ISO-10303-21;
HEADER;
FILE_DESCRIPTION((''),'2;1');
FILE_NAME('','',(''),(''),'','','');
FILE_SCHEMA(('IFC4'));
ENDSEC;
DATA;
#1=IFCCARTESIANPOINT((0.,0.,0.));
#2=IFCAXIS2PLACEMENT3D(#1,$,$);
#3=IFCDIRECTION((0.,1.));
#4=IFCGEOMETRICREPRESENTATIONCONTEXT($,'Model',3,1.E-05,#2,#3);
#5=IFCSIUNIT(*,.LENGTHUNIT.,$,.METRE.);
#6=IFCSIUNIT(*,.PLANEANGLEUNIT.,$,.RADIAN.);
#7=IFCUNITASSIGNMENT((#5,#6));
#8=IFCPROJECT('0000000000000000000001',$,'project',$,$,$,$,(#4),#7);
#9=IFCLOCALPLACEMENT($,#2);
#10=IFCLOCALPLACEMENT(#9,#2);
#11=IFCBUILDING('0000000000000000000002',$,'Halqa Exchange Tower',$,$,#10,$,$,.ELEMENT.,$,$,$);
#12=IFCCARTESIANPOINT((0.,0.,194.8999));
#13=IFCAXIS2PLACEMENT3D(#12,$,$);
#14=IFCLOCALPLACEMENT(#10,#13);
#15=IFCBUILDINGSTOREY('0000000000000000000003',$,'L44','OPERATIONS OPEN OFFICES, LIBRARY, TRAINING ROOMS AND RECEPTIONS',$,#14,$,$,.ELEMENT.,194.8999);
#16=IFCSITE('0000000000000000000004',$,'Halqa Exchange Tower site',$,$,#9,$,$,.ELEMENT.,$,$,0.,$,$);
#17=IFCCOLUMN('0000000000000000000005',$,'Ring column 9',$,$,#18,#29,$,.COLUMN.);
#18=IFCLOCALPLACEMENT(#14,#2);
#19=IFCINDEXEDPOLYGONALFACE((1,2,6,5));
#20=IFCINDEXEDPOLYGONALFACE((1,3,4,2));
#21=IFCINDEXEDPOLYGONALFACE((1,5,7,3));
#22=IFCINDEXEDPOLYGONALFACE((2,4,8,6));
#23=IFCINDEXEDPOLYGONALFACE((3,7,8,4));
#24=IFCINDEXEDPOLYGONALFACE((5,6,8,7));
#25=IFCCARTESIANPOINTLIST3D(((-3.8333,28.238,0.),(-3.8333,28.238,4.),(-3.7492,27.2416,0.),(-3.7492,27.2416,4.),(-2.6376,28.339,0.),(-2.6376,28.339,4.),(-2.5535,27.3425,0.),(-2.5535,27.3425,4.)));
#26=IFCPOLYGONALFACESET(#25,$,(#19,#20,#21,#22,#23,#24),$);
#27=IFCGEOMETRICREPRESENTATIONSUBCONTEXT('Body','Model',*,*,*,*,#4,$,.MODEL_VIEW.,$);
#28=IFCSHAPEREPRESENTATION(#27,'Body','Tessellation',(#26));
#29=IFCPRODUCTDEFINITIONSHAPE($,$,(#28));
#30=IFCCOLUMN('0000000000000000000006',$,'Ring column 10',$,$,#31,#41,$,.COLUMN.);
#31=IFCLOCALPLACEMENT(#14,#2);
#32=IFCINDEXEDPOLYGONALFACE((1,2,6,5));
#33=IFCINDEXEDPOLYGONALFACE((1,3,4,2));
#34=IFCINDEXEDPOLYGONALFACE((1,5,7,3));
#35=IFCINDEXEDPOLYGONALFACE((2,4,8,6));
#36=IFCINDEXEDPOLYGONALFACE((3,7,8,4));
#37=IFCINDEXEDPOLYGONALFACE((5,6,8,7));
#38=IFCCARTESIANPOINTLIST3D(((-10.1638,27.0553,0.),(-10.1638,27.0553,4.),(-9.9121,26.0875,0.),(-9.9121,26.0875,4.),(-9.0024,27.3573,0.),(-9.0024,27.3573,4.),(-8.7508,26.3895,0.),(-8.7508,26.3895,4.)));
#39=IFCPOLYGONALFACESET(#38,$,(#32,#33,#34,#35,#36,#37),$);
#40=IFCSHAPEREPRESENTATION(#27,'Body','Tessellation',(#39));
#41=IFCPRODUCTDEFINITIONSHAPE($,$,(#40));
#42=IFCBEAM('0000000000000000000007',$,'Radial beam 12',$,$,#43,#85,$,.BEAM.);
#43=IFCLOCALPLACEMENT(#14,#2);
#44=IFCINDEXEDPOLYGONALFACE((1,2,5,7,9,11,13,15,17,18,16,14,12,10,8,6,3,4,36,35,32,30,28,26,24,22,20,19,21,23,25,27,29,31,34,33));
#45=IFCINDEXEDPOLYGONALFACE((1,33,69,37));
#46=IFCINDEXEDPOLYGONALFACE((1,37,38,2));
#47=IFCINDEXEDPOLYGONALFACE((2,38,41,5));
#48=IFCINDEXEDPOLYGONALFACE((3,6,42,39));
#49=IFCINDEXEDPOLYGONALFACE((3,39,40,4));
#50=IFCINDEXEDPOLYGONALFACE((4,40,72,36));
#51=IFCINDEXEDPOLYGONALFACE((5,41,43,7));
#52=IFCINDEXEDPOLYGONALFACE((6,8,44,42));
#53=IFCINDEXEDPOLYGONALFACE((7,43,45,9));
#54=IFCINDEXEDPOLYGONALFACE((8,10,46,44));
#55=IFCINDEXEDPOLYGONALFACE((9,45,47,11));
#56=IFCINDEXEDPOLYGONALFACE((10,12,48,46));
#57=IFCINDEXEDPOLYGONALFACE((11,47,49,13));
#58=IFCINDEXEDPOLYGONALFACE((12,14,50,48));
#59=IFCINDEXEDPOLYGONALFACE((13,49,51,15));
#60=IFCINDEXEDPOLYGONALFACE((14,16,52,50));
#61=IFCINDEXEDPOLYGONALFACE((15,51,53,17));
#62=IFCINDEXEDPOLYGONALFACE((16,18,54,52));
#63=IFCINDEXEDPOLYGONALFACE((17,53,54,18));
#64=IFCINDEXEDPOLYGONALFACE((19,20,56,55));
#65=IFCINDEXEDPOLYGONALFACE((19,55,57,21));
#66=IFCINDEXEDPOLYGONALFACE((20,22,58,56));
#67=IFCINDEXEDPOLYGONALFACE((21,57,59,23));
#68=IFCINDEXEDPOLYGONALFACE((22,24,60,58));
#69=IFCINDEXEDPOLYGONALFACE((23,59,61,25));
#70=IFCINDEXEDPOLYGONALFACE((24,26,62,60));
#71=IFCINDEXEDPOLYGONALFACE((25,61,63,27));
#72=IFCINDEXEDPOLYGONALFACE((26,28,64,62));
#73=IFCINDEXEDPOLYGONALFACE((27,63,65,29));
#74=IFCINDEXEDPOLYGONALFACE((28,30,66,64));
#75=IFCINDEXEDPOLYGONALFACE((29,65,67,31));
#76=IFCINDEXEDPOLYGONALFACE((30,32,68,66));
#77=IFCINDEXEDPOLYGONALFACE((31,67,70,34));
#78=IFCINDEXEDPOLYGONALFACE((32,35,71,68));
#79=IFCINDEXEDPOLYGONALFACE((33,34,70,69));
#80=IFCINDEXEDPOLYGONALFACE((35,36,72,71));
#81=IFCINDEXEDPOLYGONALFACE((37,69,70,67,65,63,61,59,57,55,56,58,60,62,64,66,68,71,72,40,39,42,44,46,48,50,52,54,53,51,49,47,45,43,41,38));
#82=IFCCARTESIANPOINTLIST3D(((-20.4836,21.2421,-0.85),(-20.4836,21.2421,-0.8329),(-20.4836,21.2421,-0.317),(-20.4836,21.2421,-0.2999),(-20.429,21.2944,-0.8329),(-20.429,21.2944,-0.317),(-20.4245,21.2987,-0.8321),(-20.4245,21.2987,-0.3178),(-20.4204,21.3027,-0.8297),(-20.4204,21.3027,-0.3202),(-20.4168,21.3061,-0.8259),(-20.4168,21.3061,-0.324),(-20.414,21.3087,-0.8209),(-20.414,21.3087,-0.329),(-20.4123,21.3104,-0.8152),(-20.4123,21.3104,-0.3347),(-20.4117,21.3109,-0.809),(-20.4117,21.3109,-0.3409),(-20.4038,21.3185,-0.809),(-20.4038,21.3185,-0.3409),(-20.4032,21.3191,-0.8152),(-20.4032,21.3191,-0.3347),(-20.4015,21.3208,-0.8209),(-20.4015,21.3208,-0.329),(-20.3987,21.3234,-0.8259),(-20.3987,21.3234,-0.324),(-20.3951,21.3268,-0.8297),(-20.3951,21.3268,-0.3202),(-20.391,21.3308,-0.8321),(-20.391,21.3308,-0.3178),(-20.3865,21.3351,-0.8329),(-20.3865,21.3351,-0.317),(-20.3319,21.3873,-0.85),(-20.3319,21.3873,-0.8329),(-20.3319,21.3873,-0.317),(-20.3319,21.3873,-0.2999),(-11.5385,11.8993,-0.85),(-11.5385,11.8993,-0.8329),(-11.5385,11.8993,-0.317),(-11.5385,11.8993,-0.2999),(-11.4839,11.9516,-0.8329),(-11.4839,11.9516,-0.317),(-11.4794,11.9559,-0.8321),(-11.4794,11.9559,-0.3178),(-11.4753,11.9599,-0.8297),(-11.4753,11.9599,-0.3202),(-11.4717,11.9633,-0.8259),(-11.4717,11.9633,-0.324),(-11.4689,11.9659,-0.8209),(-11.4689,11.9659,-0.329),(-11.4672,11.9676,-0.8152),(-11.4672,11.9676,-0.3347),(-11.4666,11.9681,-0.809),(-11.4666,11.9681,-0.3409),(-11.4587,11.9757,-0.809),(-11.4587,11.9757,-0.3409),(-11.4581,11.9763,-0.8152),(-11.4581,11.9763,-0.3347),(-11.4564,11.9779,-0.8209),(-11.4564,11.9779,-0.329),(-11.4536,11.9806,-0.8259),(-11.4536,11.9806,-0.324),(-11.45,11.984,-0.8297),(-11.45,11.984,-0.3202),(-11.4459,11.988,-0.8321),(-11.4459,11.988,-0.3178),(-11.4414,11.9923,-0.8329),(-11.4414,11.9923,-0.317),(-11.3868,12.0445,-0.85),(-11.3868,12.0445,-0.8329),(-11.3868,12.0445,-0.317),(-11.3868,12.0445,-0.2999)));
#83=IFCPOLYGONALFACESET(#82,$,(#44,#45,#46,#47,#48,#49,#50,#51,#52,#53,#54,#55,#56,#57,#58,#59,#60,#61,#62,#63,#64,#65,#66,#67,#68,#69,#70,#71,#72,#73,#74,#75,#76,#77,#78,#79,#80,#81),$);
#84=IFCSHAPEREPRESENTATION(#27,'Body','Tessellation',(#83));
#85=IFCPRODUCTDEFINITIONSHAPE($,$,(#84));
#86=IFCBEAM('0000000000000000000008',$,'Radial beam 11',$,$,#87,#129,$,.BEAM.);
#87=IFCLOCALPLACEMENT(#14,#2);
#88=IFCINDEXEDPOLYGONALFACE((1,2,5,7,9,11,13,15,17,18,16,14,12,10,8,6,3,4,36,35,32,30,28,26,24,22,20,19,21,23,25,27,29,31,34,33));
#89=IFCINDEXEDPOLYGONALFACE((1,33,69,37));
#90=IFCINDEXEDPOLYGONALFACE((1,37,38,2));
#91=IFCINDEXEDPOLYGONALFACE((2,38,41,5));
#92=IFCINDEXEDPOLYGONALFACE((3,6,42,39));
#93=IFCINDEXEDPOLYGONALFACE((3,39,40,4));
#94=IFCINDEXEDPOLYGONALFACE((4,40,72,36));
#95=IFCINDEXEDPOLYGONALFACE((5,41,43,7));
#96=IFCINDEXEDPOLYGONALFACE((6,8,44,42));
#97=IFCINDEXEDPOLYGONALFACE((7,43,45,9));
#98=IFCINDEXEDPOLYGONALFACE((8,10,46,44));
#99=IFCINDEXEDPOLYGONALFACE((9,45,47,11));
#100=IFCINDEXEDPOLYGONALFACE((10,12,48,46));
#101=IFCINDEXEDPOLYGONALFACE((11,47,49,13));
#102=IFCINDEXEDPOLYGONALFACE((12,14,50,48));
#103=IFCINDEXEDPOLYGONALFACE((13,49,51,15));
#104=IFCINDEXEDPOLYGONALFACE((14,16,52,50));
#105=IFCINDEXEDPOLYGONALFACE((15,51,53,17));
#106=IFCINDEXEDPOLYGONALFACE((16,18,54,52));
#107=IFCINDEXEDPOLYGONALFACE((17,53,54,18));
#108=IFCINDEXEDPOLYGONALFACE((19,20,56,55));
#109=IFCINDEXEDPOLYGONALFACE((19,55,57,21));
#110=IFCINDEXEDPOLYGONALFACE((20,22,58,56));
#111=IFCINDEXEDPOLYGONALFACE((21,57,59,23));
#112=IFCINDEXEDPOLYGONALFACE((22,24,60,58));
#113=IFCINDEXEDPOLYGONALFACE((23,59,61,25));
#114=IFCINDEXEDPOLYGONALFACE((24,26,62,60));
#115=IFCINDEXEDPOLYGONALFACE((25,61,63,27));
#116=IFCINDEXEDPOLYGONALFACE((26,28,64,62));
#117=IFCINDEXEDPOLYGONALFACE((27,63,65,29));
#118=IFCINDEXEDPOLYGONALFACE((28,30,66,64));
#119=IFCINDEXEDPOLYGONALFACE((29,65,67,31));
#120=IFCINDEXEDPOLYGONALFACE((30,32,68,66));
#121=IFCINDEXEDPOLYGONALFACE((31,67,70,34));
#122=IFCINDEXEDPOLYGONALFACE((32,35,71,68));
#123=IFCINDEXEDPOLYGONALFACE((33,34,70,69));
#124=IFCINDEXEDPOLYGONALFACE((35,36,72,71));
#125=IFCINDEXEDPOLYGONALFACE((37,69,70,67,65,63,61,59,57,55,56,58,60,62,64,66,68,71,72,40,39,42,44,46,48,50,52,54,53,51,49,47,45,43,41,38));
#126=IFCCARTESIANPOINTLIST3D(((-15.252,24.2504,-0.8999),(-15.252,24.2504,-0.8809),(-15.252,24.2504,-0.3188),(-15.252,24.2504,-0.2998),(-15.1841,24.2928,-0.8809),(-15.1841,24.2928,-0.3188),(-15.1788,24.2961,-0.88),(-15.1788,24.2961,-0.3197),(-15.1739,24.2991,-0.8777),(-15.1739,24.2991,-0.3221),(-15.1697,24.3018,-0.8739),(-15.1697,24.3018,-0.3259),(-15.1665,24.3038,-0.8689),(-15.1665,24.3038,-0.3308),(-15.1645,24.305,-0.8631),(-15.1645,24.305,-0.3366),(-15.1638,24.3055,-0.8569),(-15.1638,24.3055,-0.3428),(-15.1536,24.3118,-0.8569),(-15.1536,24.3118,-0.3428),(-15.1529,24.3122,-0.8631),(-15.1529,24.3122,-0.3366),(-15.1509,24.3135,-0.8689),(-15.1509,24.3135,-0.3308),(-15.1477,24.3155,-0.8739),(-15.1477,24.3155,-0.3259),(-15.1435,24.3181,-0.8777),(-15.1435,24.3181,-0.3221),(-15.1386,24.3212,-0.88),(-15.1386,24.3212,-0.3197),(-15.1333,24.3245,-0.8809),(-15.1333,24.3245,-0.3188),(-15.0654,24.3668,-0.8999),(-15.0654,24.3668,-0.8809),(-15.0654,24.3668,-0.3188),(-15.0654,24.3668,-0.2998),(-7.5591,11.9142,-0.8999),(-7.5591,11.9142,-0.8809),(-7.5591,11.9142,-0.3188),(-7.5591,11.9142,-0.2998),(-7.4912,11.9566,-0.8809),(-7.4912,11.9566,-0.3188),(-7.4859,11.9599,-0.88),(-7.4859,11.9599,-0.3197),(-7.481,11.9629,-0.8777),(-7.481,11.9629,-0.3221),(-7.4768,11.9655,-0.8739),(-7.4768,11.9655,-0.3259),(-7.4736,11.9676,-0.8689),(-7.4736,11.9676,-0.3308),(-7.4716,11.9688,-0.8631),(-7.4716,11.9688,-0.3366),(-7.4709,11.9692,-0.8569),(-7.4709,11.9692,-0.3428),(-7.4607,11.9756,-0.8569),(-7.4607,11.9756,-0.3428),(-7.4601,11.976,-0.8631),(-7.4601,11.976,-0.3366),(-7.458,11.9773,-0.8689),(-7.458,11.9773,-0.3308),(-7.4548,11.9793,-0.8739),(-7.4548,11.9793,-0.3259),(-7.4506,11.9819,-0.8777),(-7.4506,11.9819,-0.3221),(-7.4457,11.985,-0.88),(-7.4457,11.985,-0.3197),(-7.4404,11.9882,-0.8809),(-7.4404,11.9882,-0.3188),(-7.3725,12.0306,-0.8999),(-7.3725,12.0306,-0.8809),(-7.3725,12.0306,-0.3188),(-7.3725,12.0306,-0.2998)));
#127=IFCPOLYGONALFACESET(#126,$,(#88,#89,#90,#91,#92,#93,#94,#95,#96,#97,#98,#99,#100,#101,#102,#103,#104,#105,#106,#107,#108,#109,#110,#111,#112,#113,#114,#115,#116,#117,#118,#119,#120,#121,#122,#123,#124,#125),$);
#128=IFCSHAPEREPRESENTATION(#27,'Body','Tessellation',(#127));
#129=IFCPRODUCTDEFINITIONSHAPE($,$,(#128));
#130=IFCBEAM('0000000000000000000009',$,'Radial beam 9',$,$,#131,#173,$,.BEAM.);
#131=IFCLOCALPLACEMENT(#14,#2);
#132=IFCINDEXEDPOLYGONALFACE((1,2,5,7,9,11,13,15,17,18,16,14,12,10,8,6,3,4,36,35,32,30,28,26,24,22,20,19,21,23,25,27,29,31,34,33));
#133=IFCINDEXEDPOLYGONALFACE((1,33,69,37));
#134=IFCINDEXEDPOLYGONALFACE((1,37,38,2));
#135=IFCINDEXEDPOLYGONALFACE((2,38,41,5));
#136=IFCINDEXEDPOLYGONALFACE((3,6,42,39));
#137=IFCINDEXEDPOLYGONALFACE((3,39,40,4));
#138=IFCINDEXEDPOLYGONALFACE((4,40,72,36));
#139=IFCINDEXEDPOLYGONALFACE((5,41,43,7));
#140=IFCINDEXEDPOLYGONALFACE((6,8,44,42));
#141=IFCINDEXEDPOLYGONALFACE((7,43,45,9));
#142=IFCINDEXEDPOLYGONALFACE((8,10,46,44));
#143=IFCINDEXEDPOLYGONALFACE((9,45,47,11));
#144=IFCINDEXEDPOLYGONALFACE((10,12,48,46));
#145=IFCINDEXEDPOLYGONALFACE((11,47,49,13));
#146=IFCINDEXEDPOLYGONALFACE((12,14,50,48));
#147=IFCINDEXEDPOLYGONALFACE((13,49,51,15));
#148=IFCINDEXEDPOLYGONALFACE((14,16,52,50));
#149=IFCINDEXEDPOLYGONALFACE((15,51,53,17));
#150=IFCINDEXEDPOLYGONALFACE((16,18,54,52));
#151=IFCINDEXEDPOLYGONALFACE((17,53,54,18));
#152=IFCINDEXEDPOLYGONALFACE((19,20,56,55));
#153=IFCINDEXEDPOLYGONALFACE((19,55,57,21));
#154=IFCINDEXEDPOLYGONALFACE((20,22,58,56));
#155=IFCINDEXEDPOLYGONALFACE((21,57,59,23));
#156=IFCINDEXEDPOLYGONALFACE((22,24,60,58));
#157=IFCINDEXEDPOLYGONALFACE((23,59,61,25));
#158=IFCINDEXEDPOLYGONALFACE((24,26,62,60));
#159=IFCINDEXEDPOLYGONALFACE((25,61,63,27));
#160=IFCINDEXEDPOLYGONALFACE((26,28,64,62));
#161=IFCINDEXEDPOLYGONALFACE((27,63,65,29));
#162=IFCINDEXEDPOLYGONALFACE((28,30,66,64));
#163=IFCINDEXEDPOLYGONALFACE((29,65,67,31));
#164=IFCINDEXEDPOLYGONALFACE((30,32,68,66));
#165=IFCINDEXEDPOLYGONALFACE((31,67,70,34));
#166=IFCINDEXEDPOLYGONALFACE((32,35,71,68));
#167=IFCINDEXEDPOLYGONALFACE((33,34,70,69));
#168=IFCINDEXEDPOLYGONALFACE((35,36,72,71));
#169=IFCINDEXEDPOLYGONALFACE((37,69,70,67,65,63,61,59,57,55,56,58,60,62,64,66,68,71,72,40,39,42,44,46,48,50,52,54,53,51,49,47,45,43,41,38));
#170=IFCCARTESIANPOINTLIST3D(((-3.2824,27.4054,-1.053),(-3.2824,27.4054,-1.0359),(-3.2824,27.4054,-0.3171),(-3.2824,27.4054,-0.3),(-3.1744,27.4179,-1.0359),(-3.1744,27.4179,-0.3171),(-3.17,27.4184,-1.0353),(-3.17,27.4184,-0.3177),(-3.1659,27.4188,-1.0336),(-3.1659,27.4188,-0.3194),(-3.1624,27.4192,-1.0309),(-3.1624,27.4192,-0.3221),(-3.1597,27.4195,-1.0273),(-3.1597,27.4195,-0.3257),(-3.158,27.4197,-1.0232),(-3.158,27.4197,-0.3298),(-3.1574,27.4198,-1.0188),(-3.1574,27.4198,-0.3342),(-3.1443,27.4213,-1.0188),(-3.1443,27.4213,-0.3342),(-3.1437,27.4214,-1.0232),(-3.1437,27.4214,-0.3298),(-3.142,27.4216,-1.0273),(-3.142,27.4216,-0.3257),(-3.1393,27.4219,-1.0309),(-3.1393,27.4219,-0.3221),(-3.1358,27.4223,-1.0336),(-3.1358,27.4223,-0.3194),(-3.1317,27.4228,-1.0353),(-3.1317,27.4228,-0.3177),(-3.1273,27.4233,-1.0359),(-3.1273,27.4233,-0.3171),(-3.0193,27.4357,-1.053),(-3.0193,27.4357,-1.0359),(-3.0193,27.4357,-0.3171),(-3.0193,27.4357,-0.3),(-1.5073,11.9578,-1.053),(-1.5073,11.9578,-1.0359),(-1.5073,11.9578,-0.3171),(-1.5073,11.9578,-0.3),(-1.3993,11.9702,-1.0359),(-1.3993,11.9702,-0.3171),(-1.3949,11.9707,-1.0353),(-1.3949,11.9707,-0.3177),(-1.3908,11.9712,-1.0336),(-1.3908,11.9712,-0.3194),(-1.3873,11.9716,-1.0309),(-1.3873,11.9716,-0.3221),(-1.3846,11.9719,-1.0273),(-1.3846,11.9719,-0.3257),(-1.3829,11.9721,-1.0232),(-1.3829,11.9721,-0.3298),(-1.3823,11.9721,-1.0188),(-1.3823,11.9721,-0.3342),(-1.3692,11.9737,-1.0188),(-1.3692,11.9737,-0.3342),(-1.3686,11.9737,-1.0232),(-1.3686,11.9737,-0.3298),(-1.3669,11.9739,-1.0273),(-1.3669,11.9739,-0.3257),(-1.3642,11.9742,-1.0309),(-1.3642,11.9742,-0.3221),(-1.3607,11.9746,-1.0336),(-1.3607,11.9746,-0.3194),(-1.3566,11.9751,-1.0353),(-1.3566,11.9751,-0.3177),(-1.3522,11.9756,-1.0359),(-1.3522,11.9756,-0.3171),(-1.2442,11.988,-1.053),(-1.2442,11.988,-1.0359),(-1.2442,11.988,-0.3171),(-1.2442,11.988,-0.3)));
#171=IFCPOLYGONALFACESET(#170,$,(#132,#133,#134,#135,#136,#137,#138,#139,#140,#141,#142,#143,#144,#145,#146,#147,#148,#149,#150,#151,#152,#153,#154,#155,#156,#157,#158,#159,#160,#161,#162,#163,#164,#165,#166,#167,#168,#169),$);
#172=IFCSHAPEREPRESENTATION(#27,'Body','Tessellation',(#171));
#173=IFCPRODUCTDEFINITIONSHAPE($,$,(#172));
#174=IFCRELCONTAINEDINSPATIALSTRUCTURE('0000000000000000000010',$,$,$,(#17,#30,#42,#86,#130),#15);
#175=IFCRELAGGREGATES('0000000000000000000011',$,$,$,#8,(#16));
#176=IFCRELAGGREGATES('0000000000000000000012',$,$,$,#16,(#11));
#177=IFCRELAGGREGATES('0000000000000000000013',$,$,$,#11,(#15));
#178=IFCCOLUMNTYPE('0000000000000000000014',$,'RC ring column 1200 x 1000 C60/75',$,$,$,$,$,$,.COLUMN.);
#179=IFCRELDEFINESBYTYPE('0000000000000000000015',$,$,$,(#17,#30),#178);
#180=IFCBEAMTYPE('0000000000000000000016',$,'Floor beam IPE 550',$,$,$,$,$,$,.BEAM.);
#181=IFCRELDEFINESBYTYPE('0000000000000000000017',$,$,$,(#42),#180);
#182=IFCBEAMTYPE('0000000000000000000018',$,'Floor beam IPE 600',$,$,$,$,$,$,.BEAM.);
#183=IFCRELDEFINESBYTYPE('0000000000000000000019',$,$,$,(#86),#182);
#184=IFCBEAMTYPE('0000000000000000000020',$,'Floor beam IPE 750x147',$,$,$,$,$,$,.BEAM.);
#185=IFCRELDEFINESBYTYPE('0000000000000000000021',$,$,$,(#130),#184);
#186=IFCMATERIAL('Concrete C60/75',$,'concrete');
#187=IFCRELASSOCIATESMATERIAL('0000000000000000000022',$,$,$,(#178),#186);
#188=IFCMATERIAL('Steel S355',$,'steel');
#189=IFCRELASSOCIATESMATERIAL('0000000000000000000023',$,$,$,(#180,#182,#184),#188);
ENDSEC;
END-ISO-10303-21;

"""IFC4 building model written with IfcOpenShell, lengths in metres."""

from ifc_helpers import new_model, si_unit, direction, frame, origin, origin_2d, place, context, subcontext, project, spatial, rectangle, i_section, extrude, material, material_profile, profile_set, type_object, element, save


model = new_model("IFC4")

# Units and contexts
model_context = context("Model", 3, precision=1e-05, world=origin(), true_north=direction((0.0, 1.0)))
body_context = subcontext(model_context, "Body", "Model", "MODEL_VIEW")
ifc_project = project(units=[si_unit("LENGTHUNIT", "METRE"), si_unit("PLANEANGLEUNIT", "RADIAN")], contexts=[model_context])

# Site, building, storey
site_placement = place(None, origin())
site = spatial("IfcSite", under=ifc_project, at=site_placement, Name="Halqa Exchange Tower site", CompositionType="ELEMENT", RefElevation=0.0)
building_placement = place(site_placement, origin())
building = spatial("IfcBuilding", under=site, at=building_placement, Name="Halqa Exchange Tower", CompositionType="ELEMENT")
storey_placement = place(building_placement, frame((0.0, 0.0, 194.8999)))
storey = spatial("IfcBuildingStorey", under=building, at=storey_placement, Name="L44", Description="OPERATIONS OPEN OFFICES, LIBRARY, TRAINING ROOMS AND RECEPTIONS", CompositionType="ELEMENT", Elevation=194.8999)

# Columns
ifc_material_1 = material(Name="Concrete C60/75", Category="concrete")
ifc_material_profile_1 = material_profile(ifc_material_1, rectangle(XDim=1.2, YDim=1.0, at=origin_2d()), Name="1200 x 1000")
ifc_profile_set_1 = profile_set([ifc_material_profile_1], Name="Concrete C60/75")
column_type = type_object("IfcColumnType", Name="RC ring column 1200 x 1000 C60/75", PredefinedType="COLUMN", material=ifc_profile_set_1)
for number, where, z_axis, x_axis, name in (
    (1, (-3.1934, 27.7903, 0.0), (0.0, 0.0, 1.0), (-0.996456, -0.084116, 0.0), "Ring column 9"),
    (2, (-9.4573, 26.7224, 0.0), (0.0, 0.0, 1.0), (-0.967821, -0.25164, 0.0), "Ring column 10"),
):
    element("IfcColumn", number, at=place(storey_placement, frame(where, z_axis=z_axis, x_axis=x_axis)), inside=storey, type_object=column_type, Name=name, PredefinedType="COLUMN", context=body_context, shape_type="SweptSolid", body=[
        extrude(rectangle(XDim=1.2, YDim=1.0, at=origin_2d()), origin(), (0.0, 0.0, 1.0), 4.0),
    ])

# Beams
ifc_material_2 = material(Name="Steel S355", Category="steel")
ifc_material_profile_2 = material_profile(ifc_material_2, i_section(OverallWidth=0.21, OverallDepth=0.55, WebThickness=0.011, FlangeThickness=0.0171, FilletRadius=0.0239, at=origin_2d()), Name="IPE 550")
ifc_profile_set_2 = profile_set([ifc_material_profile_2], Name="Steel S355")
beam_type_1 = type_object("IfcBeamType", Name="Floor beam IPE 550", PredefinedType="BEAM", material=ifc_profile_set_2)
beam_1_placement = place(storey_placement, frame((-11.4626, 11.9719, -0.575), z_axis=(-0.691566, 0.722313, 0.0), x_axis=(-0.722313, -0.691566, 0.0)))
element("IfcBeam", 3, at=beam_1_placement, inside=storey, type_object=beam_type_1, Name="Radial beam 12", PredefinedType="BEAM", context=body_context, shape_type="SweptSolid", body=[
    extrude(i_section(OverallWidth=0.21, OverallDepth=0.55, WebThickness=0.011, FlangeThickness=0.0171, FilletRadius=0.0239, at=origin_2d()), origin(), (0.0, 0.0, 1.0), 12.9346),
])
ifc_material_profile_3 = material_profile(ifc_material_2, i_section(OverallWidth=0.22, OverallDepth=0.6001, WebThickness=0.012, FlangeThickness=0.019, FilletRadius=0.0239, at=origin_2d()), Name="IPE 600")
ifc_profile_set_3 = profile_set([ifc_material_profile_3], Name="Steel S355")
beam_type_2 = type_object("IfcBeamType", Name="Floor beam IPE 600", PredefinedType="BEAM", material=ifc_profile_set_3)
beam_2_placement = place(storey_placement, frame((-7.4658, 11.9724, -0.5999), z_axis=(-0.529146, 0.848531, 0.0), x_axis=(-0.848531, -0.529146, 0.0)))
element("IfcBeam", 4, at=beam_2_placement, inside=storey, type_object=beam_type_2, Name="Radial beam 11", PredefinedType="BEAM", context=body_context, shape_type="SweptSolid", body=[
    extrude(i_section(OverallWidth=0.22, OverallDepth=0.6001, WebThickness=0.012, FlangeThickness=0.019, FilletRadius=0.0239, at=origin_2d()), origin(), (0.0, 0.0, 1.0), 14.5383),
])
ifc_material_profile_4 = material_profile(ifc_material_2, i_section(OverallWidth=0.2649, OverallDepth=0.7529, WebThickness=0.0132, FlangeThickness=0.0171, FilletRadius=0.0171, at=origin_2d()), Name="IPE 750x147")
ifc_profile_set_4 = profile_set([ifc_material_profile_4], Name="Steel S355")
beam_type_3 = type_object("IfcBeamType", Name="Floor beam IPE 750x147", PredefinedType="BEAM", material=ifc_profile_set_4)
beam_3_placement = place(storey_placement, frame((-1.3757, 11.9729, -0.6765), z_axis=(-0.114162, 0.993462, 0.0), x_axis=(-0.993462, -0.114162, 0.0)))
element("IfcBeam", 5, at=beam_3_placement, inside=storey, type_object=beam_type_3, Name="Radial beam 9", PredefinedType="BEAM", context=body_context, shape_type="SweptSolid", body=[
    extrude(i_section(OverallWidth=0.2649, OverallDepth=0.7529, WebThickness=0.0132, FlangeThickness=0.0171, FilletRadius=0.0171, at=origin_2d()), origin(), (0.0, 0.0, 1.0), 15.5493),
])

save(model, "model.ifc")
